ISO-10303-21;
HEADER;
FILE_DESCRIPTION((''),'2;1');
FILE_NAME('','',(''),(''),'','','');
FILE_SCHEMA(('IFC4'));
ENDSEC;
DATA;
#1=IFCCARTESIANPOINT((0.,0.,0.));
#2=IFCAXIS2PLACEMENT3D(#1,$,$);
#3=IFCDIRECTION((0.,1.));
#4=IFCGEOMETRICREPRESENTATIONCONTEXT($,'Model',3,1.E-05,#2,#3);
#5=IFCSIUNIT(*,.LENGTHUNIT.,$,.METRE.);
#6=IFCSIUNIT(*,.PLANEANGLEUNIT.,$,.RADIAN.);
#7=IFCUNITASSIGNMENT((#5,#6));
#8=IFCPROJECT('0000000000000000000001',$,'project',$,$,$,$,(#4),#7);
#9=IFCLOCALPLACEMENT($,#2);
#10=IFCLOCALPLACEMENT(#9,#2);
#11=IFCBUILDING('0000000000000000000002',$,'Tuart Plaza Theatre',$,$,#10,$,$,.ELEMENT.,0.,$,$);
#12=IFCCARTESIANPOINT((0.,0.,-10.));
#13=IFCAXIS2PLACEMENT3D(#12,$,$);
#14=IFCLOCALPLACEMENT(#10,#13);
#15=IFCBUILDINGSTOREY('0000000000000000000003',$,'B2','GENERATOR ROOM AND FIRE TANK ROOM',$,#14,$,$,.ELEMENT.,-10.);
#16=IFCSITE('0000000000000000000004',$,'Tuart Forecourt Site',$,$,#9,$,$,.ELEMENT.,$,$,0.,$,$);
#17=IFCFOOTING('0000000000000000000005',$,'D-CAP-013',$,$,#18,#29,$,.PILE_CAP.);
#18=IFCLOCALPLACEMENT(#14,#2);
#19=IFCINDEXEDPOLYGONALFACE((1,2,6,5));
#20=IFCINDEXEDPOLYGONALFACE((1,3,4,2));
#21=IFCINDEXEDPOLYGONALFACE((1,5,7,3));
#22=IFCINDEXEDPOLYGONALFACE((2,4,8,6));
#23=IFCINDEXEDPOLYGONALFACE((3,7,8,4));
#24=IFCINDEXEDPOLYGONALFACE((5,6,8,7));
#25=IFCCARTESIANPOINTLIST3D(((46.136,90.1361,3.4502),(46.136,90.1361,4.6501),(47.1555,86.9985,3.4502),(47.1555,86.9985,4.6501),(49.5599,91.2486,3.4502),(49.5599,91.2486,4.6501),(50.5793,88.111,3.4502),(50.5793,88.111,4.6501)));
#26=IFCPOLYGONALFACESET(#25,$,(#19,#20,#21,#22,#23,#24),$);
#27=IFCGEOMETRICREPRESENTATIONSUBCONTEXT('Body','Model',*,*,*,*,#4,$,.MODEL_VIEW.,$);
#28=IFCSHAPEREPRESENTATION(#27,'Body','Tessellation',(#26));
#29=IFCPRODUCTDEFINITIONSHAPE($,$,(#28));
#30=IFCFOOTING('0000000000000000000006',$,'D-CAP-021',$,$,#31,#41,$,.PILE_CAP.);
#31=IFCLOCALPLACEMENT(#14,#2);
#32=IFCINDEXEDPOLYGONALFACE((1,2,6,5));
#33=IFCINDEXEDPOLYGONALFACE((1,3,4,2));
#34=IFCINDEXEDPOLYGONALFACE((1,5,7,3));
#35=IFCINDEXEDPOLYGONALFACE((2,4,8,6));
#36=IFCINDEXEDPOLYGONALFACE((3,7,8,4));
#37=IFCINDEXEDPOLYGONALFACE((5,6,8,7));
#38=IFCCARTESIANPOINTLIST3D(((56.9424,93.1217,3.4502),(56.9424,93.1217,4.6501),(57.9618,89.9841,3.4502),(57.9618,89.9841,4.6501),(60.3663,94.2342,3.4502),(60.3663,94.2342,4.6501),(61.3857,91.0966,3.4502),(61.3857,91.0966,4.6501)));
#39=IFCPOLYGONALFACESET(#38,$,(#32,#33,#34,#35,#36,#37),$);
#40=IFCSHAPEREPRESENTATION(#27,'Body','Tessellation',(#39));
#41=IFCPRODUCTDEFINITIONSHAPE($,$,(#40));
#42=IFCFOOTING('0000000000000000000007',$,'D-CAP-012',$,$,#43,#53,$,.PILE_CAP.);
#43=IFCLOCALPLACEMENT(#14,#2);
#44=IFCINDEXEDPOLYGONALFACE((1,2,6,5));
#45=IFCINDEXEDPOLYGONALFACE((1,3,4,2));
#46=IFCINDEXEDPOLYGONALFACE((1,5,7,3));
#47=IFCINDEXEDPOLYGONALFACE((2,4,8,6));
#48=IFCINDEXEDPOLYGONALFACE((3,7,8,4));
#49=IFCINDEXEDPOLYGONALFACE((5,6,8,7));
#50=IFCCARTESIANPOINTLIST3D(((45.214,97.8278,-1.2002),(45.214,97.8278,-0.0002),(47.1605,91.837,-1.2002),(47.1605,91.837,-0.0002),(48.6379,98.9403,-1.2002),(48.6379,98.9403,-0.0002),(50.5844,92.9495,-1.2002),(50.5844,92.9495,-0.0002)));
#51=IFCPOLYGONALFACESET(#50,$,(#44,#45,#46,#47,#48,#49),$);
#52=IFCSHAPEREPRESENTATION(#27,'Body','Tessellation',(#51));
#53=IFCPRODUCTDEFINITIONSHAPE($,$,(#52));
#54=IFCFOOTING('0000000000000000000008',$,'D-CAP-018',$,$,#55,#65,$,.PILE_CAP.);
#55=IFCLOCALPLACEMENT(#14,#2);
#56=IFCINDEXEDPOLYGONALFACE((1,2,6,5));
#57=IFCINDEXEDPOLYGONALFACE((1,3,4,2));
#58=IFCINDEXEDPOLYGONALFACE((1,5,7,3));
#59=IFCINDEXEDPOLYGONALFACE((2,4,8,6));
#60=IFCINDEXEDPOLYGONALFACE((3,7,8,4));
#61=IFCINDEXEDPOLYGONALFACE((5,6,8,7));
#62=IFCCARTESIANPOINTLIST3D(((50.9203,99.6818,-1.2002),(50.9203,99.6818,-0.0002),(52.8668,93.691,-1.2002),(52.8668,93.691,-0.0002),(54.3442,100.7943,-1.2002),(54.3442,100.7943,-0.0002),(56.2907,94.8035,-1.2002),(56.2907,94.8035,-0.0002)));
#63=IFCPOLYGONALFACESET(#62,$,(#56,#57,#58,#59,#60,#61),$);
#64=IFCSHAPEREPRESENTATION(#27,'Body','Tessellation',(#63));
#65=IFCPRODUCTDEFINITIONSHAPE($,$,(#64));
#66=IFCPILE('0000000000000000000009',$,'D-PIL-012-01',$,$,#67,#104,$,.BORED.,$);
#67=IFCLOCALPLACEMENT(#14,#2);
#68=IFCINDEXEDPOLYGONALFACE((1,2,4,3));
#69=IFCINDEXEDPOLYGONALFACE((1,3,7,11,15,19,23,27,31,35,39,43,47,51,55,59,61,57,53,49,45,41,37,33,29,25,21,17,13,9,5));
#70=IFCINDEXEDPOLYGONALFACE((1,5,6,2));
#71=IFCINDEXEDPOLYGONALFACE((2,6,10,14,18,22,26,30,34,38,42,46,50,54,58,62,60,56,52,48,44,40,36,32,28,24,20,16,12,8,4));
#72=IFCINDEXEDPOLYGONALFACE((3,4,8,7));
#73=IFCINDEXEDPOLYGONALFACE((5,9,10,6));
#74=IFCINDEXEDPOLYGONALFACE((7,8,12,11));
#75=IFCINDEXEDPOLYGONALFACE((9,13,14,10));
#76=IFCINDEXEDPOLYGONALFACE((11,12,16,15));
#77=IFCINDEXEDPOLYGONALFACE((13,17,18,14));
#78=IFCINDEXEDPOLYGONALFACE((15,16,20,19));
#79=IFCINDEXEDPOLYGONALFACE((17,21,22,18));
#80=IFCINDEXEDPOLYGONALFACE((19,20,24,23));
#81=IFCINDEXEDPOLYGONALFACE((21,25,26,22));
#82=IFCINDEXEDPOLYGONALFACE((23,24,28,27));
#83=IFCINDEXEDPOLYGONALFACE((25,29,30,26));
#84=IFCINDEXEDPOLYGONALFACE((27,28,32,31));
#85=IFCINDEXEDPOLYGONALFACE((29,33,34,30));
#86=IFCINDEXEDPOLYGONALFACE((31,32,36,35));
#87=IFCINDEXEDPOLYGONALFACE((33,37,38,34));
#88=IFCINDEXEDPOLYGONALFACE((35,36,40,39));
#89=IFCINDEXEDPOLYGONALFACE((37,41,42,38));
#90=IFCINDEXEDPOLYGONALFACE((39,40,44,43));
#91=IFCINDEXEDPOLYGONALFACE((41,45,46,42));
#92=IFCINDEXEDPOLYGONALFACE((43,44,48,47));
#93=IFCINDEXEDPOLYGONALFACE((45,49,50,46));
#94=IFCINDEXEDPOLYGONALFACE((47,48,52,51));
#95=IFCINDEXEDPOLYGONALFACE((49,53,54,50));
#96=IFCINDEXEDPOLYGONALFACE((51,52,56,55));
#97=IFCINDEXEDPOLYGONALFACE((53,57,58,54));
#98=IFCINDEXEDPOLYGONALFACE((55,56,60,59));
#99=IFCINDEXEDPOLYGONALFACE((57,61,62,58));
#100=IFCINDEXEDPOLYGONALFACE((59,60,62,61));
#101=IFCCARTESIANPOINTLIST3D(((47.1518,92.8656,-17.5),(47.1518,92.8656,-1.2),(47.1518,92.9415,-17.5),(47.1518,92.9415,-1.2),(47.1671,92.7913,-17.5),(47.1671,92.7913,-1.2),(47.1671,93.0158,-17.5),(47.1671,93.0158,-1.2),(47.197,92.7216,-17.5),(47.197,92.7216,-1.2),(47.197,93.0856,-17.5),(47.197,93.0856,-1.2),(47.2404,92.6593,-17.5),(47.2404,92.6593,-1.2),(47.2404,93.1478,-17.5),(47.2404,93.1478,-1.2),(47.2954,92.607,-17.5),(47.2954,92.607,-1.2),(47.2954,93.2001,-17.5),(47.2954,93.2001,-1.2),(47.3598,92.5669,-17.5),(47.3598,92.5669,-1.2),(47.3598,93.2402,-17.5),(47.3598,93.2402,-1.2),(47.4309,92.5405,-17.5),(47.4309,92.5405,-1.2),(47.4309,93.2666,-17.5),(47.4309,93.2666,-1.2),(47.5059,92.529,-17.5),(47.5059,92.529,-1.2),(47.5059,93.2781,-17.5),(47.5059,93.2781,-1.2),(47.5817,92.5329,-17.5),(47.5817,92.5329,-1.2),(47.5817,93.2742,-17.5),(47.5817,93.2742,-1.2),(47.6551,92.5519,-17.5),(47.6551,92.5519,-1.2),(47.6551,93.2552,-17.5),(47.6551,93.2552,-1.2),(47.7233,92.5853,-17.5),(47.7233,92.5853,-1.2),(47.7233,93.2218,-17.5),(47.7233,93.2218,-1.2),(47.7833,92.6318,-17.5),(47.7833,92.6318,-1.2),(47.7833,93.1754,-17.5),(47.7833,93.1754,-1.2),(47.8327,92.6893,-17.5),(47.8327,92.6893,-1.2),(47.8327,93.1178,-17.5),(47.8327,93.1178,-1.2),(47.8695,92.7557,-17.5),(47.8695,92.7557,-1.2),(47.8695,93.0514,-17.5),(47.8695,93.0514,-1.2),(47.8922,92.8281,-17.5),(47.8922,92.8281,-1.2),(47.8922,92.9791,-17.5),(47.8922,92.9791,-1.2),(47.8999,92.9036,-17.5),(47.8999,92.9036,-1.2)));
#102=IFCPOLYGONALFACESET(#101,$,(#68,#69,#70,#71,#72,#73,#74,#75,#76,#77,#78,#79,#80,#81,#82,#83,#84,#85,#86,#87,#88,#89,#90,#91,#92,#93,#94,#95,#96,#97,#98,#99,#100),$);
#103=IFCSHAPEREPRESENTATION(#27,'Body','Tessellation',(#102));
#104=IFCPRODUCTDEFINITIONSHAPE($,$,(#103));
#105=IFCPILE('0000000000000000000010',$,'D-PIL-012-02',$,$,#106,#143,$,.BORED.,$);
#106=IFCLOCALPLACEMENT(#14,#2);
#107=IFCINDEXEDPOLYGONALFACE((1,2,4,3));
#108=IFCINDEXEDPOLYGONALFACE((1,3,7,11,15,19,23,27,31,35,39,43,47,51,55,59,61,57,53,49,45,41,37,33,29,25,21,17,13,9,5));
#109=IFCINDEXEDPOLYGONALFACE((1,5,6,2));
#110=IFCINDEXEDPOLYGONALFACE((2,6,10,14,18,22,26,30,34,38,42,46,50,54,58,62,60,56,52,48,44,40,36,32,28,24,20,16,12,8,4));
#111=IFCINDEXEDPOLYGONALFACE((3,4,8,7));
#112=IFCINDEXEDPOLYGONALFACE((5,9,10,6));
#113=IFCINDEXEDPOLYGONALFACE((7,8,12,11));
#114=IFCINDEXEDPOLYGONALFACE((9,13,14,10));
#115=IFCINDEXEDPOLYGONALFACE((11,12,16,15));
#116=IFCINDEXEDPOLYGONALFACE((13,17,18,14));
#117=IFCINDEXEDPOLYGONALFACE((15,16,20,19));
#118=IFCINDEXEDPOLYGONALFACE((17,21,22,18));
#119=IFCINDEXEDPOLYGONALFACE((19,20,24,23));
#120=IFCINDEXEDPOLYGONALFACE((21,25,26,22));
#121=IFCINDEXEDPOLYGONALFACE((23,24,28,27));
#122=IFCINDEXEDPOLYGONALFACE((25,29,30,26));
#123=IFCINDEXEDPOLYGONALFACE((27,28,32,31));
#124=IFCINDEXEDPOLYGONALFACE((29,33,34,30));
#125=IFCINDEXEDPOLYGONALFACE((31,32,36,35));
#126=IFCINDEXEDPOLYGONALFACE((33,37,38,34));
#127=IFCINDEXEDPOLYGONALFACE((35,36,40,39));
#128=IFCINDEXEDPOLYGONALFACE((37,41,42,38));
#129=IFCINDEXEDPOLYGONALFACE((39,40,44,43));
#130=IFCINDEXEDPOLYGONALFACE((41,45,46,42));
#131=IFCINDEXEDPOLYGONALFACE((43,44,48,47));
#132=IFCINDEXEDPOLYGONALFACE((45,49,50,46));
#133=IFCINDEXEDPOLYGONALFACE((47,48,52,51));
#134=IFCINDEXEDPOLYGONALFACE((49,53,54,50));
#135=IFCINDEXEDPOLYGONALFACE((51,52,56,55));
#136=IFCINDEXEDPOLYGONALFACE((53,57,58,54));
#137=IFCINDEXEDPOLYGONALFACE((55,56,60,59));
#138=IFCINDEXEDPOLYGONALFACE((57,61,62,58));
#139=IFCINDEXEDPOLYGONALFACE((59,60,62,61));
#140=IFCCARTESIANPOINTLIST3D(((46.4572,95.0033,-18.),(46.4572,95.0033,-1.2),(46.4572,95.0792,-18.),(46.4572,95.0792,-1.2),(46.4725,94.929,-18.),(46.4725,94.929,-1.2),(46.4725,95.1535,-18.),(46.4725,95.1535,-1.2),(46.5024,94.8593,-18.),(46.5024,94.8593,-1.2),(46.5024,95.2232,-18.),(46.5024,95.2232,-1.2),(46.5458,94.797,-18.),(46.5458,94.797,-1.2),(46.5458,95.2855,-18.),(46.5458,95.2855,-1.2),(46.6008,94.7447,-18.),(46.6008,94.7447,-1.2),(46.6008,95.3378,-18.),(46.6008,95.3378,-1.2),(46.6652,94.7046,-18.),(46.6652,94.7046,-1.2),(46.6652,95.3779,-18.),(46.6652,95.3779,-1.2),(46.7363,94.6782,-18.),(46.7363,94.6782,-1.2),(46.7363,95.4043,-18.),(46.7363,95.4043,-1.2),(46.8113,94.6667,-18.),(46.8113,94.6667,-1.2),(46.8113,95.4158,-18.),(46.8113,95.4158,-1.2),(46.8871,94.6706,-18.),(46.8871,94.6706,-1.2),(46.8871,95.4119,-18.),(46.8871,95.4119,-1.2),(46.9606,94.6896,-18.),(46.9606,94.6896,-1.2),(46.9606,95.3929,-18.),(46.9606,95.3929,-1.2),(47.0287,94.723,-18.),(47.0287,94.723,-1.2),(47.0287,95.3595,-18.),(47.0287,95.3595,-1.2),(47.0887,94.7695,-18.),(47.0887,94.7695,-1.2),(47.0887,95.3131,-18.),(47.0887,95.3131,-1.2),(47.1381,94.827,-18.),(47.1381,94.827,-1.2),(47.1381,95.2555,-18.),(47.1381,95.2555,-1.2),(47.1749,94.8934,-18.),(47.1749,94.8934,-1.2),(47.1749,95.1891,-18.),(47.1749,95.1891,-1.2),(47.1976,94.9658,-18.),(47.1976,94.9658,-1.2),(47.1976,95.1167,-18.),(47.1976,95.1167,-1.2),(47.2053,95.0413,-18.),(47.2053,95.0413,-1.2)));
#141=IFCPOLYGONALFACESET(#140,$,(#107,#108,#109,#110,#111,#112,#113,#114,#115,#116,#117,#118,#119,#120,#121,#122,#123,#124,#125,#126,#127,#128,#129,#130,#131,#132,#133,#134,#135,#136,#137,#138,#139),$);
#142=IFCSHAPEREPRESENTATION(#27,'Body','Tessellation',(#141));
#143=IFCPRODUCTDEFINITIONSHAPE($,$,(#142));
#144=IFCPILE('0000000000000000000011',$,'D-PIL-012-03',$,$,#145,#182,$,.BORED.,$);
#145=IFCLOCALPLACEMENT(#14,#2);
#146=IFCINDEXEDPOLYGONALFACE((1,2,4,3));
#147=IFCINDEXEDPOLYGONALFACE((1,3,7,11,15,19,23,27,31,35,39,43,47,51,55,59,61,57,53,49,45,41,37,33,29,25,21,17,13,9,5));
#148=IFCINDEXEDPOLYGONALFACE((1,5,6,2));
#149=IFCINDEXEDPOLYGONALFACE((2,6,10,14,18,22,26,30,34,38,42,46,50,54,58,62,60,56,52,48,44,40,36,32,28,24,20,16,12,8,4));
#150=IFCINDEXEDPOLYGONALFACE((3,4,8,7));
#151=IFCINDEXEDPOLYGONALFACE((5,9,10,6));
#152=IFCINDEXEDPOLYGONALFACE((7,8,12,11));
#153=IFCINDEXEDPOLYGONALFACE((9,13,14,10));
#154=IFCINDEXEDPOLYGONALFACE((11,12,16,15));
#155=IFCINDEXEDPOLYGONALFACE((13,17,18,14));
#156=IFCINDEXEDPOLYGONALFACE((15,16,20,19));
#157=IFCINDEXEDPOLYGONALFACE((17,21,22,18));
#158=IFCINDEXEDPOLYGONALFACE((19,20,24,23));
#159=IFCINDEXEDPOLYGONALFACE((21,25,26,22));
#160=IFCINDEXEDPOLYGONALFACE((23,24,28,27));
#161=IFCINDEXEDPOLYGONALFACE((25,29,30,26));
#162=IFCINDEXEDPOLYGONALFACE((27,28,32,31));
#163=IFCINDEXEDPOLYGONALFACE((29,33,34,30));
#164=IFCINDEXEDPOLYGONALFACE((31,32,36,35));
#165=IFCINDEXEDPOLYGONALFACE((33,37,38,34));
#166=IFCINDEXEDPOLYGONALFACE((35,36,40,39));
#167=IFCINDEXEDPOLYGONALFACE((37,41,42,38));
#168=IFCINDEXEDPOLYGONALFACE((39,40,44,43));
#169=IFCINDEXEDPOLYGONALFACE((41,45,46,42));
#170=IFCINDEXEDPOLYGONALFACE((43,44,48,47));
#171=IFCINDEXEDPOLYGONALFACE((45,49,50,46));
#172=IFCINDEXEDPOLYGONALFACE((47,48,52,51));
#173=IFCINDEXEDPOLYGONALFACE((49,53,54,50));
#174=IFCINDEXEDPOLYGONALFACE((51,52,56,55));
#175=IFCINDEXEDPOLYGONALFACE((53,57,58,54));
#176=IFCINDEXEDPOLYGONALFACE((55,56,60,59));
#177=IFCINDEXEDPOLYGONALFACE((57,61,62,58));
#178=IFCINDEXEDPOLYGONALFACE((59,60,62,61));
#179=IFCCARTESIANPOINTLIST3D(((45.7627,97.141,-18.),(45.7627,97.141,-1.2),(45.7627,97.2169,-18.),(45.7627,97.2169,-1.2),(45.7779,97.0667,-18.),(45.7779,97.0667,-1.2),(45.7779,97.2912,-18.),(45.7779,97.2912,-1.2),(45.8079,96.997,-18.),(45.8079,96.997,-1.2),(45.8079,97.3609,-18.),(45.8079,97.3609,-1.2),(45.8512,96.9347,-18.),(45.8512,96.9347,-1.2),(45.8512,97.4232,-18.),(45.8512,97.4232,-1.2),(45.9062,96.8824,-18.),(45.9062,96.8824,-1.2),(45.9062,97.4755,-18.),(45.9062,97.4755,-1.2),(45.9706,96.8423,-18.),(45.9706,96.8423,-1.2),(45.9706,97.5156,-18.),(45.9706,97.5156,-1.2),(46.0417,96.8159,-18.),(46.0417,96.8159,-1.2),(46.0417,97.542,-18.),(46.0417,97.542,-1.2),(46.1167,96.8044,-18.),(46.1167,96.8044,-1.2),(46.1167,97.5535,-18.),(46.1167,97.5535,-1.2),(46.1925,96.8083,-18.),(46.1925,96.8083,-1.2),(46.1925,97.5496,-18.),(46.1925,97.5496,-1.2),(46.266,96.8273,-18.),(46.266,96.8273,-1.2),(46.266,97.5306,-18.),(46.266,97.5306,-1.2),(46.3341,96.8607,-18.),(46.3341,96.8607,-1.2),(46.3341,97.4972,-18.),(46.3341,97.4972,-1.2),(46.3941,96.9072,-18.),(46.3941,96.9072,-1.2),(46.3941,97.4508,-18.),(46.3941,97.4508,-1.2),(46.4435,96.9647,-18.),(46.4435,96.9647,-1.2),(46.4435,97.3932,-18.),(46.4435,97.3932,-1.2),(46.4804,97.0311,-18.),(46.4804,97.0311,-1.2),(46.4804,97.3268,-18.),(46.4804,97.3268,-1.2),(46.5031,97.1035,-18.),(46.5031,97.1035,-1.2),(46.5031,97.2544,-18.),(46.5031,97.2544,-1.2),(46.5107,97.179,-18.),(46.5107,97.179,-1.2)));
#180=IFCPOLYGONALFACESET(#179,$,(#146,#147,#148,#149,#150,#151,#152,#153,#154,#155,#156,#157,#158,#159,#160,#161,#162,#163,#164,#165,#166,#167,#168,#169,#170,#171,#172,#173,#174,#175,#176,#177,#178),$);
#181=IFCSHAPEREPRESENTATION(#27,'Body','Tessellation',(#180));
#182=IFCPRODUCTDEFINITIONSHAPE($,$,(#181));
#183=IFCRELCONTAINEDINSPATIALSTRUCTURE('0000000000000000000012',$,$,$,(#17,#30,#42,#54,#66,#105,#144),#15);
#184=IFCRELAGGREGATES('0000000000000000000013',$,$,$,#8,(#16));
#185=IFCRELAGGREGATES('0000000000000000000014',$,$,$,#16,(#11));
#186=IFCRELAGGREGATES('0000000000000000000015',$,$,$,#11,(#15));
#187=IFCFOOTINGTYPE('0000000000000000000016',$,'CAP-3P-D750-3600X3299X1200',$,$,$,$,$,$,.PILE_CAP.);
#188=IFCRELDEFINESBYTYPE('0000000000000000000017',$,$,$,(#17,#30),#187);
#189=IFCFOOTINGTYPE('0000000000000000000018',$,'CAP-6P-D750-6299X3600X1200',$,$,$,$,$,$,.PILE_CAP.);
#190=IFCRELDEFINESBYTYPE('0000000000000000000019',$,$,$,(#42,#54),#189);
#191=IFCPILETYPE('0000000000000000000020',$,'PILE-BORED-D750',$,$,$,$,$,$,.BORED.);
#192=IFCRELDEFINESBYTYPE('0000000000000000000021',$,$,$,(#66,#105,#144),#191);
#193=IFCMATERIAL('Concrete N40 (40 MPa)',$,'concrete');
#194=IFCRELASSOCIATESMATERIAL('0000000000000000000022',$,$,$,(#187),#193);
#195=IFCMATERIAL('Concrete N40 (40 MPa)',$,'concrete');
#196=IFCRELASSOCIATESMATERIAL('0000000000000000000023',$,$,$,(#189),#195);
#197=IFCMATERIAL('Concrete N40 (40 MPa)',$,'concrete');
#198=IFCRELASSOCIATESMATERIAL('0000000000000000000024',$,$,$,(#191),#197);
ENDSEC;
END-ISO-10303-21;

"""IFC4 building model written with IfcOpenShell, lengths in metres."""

from ifc_helpers import new_model, si_unit, direction, frame, origin, origin_2d, place, context, subcontext, project, spatial, rectangle, circle, extrude, material, material_profile, profile_set, type_object, element, save


model = new_model("IFC4")

# Units and contexts
model_context = context("Model", 3, precision=1e-05, world=origin(), true_north=direction((0.0, 1.0)))
body_context = subcontext(model_context, "Body", "Model", "MODEL_VIEW")
ifc_project = project(units=[si_unit("LENGTHUNIT", "METRE"), si_unit("PLANEANGLEUNIT", "RADIAN")], contexts=[model_context])

# Site, building, storey
site_placement = place(None, origin())
site = spatial("IfcSite", under=ifc_project, at=site_placement, Name="Tuart Forecourt Site", CompositionType="ELEMENT", RefElevation=0.0)
building_placement = place(site_placement, origin())
building = spatial("IfcBuilding", under=site, at=building_placement, Name="Tuart Plaza Theatre", CompositionType="ELEMENT", ElevationOfRefHeight=0.0)
storey_placement = place(building_placement, frame((0.0, 0.0, -10.0)))
storey = spatial("IfcBuildingStorey", under=building, at=storey_placement, Name="B2", Description="GENERATOR ROOM AND FIRE TANK ROOM", CompositionType="ELEMENT", Elevation=-10.0)

# Footings
ifc_material_1 = material(Name="Concrete N40 (40 MPa)", Category="concrete")
footing_type_1 = type_object("IfcFootingType", Name="CAP-3P-D750-3600X3299X1200", PredefinedType="PILE_CAP", material=ifc_material_1)
for number, where, z_axis, x_axis, name in (
    (1, (48.3577, 89.1235, 3.4502), (0.0, 0.0, 1.0), (0.951057, 0.309017, 0.0), "D-CAP-013"),
    (2, (59.1641, 92.1091, 3.4502), (0.0, 0.0, 1.0), (0.951057, 0.309017, 0.0), "D-CAP-021"),
):
    element("IfcFooting", number, at=place(storey_placement, frame(where, z_axis=z_axis, x_axis=x_axis)), inside=storey, type_object=footing_type_1, Name=name, PredefinedType="PILE_CAP", context=body_context, shape_type="SweptSolid", body=[
        extrude(rectangle(XDim=3.6001, YDim=3.2991, at=origin_2d()), origin(), (0.0, 0.0, 1.0), 1.2),
    ])
ifc_material_2 = material(Name="Concrete N40 (40 MPa)", Category="concrete")
footing_type_2 = type_object("IfcFootingType", Name="CAP-6P-D750-6299X3600X1200", PredefinedType="PILE_CAP", material=ifc_material_2)
for number, where, z_axis, x_axis, name in (
    (3, (47.8992, 95.3887, -1.2002), (0.0, 0.0, 1.0), (-0.309017, 0.951057, 0.0), "D-CAP-012"),
    (4, (53.6055, 97.2427, -1.2002), (0.0, 0.0, 1.0), (-0.309017, 0.951057, 0.0), "D-CAP-018"),
):
    element("IfcFooting", number, at=place(storey_placement, frame(where, z_axis=z_axis, x_axis=x_axis)), inside=storey, type_object=footing_type_2, Name=name, PredefinedType="PILE_CAP", context=body_context, shape_type="SweptSolid", body=[
        extrude(rectangle(XDim=6.2991, YDim=3.6001, at=origin_2d()), origin(), (0.0, 0.0, 1.0), 1.2),
    ])

# Piles
ifc_material_3 = material(Name="Concrete N40 (40 MPa)", Category="concrete")
ifc_material_profile_1 = material_profile(ifc_material_3, circle(Radius=0.375, at=origin_2d()), Name="PILE-BORED-D750")
ifc_profile_set_1 = profile_set([ifc_material_profile_1], Name="Concrete N40 (40 MPa)")
pile_type_1 = type_object("IfcPileType", Name="PILE-BORED-D750", PredefinedType="BORED", material=ifc_profile_set_1)
pile_1_placement = place(storey_placement, frame((47.5249, 92.9036, -1.2), z_axis=(0.0, 0.0, -1.0), x_axis=(1.0, 0.0, 0.0)))
element("IfcPile", 5, at=pile_1_placement, inside=storey, type_object=pile_type_1, Name="D-PIL-012-01", PredefinedType="BORED", context=body_context, shape_type="SweptSolid", body=[
    extrude(circle(Radius=0.375, at=origin_2d()), origin(), (0.0, 0.0, 1.0), 16.3),
])
for number, where, z_axis, x_axis, name in (
    (6, (46.8303, 95.0413, -1.2), (0.0, 0.0, -1.0), (1.0, 0.0, 0.0), "D-PIL-012-02"),
    (7, (46.1357, 97.179, -1.2), (0.0, 0.0, -1.0), (1.0, 0.0, 0.0), "D-PIL-012-03"),
):
    element("IfcPile", number, at=place(storey_placement, frame(where, z_axis=z_axis, x_axis=x_axis)), inside=storey, type_object=pile_type_1, Name=name, PredefinedType="BORED", context=body_context, shape_type="SweptSolid", body=[
        extrude(circle(Radius=0.375, at=origin_2d()), origin(), (0.0, 0.0, 1.0), 16.8),
    ])

save(model, "model.ifc")
